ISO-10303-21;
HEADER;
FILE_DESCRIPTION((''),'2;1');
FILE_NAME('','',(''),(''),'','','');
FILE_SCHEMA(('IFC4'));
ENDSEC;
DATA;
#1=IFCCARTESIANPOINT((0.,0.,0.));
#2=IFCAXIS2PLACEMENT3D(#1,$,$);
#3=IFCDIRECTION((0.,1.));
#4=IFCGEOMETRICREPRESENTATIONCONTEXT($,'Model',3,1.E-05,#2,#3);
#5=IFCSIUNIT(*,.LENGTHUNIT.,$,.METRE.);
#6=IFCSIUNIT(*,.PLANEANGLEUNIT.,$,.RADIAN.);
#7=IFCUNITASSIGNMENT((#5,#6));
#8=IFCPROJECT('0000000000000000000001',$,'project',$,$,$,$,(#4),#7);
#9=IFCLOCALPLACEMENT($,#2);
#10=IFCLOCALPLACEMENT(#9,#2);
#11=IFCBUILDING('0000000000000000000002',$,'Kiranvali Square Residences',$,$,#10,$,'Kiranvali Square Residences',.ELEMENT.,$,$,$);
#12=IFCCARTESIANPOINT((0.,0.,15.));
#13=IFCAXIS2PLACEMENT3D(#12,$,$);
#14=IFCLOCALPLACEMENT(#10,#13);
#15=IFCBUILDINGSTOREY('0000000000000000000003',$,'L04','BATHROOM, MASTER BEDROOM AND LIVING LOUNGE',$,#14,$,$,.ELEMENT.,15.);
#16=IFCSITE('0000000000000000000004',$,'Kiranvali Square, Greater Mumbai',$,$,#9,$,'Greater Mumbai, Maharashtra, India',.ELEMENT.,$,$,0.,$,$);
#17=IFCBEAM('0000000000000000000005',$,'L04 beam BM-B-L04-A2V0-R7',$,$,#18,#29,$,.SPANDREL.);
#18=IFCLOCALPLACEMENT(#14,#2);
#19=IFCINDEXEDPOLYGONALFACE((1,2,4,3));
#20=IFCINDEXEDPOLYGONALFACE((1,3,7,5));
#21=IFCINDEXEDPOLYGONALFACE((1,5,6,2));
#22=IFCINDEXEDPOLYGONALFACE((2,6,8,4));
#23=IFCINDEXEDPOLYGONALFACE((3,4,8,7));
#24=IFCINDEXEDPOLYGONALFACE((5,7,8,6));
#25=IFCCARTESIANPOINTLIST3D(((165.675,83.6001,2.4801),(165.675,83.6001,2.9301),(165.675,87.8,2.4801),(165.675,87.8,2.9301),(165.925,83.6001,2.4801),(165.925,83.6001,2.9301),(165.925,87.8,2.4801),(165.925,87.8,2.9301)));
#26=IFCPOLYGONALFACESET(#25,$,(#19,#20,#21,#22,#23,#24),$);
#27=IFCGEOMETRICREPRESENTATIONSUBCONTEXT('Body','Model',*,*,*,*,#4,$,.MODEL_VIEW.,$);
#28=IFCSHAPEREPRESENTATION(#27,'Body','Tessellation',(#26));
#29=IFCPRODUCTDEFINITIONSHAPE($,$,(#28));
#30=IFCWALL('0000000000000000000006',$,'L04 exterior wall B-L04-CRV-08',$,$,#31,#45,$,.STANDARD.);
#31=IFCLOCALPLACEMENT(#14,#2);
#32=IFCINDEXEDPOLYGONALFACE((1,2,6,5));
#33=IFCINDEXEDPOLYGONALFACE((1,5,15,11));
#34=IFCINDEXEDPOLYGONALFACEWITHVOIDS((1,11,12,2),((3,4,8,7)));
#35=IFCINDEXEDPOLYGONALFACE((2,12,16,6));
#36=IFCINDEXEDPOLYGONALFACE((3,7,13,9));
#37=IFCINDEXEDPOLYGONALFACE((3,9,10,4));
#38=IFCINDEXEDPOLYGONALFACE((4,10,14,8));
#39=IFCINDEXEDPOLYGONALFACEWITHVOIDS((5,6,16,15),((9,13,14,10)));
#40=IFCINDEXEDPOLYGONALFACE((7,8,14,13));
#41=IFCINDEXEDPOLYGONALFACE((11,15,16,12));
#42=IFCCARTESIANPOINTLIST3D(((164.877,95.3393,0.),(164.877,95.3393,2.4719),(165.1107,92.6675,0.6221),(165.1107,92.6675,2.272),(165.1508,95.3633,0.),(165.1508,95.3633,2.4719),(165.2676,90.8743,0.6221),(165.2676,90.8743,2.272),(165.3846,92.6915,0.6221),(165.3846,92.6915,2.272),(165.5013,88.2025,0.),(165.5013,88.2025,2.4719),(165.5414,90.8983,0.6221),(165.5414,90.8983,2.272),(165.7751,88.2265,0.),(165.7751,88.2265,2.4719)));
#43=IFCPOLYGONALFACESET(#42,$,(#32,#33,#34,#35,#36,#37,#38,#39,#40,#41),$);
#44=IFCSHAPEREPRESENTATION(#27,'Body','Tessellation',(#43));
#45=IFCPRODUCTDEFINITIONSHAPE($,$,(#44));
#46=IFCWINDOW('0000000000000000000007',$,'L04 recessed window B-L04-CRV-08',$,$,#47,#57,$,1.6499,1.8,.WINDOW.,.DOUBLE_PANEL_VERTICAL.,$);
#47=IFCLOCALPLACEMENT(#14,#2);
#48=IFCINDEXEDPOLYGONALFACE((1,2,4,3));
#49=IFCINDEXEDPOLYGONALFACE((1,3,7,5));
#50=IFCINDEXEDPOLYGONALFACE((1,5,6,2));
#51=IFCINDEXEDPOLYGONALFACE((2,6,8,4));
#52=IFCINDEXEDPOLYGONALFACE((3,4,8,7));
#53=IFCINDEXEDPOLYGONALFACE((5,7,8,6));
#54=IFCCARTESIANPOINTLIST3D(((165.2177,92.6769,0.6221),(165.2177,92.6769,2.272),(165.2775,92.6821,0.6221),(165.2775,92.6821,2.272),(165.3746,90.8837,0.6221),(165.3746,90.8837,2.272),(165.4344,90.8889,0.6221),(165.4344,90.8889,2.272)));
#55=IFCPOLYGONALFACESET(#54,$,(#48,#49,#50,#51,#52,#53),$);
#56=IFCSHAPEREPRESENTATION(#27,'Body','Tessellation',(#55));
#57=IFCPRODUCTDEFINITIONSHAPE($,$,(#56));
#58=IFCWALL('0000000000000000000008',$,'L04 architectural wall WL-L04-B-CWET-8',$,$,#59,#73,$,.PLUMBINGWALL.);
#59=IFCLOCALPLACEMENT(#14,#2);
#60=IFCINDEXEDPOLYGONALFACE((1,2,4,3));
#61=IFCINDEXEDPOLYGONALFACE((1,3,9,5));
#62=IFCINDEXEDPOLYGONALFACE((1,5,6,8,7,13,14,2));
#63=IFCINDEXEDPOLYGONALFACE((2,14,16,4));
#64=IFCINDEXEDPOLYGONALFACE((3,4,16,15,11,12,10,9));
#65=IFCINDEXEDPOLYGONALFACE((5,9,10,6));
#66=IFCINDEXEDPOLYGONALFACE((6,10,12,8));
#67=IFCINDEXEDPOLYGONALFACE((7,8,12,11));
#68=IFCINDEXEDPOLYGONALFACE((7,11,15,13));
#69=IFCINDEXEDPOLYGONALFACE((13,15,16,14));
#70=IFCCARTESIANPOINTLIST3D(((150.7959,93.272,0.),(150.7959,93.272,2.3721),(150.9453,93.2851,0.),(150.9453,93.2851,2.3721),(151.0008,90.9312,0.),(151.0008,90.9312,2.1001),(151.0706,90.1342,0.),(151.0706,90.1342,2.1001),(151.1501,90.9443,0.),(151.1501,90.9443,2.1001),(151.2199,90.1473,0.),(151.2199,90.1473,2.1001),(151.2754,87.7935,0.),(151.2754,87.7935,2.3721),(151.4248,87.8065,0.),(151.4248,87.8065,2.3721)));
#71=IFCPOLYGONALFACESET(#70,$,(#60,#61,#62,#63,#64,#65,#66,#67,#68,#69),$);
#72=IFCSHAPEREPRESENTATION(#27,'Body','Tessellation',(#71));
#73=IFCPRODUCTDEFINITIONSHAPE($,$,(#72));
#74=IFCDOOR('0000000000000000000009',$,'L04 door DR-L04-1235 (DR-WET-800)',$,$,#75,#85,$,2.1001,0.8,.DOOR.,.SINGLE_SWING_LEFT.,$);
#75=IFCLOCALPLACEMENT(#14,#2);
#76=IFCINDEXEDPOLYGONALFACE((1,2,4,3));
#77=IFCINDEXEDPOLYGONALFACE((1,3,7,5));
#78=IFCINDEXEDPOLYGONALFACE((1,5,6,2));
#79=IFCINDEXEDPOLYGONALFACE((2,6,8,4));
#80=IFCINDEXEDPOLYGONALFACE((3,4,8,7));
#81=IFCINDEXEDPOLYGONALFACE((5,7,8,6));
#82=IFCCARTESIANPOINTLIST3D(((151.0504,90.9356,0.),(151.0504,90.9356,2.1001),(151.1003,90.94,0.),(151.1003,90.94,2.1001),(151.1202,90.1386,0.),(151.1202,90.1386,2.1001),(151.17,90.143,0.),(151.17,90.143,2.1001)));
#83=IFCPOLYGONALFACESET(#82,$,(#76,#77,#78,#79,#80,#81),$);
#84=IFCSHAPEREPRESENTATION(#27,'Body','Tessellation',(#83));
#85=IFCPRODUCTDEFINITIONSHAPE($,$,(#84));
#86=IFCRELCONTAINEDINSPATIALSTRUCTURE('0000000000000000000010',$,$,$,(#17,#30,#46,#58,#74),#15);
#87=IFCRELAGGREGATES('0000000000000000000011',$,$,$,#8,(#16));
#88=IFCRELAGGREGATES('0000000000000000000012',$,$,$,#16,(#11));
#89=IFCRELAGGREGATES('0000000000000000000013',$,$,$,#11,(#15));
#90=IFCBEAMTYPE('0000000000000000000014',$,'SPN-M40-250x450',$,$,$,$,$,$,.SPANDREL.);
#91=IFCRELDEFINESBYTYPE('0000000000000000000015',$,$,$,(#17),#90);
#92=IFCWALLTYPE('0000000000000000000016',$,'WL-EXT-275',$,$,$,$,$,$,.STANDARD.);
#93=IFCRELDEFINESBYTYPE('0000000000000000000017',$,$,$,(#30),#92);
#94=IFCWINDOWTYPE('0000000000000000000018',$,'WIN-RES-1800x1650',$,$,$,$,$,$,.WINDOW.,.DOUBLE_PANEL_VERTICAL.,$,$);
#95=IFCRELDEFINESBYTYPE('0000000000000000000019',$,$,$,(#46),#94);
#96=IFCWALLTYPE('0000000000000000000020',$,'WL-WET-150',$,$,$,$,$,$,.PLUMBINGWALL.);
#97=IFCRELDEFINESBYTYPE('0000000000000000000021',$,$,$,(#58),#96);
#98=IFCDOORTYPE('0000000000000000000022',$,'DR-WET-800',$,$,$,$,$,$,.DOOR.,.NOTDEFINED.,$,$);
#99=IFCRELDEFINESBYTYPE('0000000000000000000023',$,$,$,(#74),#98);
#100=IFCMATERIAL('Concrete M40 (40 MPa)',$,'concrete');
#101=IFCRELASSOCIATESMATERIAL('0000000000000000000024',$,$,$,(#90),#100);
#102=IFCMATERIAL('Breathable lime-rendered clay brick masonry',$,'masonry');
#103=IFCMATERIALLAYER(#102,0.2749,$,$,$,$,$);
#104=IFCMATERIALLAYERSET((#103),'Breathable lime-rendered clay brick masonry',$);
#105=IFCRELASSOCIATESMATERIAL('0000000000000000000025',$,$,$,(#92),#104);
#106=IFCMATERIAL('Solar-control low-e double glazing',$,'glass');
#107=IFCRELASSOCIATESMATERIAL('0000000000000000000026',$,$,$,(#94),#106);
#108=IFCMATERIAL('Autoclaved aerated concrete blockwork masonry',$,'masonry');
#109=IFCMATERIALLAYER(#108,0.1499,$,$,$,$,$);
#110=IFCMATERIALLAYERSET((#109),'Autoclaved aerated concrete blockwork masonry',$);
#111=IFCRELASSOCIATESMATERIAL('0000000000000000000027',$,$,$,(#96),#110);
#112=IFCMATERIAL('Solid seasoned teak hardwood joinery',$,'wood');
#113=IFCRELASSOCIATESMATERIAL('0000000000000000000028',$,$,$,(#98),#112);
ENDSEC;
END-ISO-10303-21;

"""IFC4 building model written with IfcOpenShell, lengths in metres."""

from ifc_helpers import new_model, si_unit, direction, frame, frame_2d, origin, origin_2d, place, context, subcontext, project, spatial, rectangle, extrude, material, layer, layer_set, material_profile, profile_set, type_object, element, fill, save


model = new_model("IFC4")

# Units and contexts
model_context = context("Model", 3, precision=1e-05, world=origin(), true_north=direction((0.0, 1.0)))
body_context = subcontext(model_context, "Body", "Model", "MODEL_VIEW")
ifc_project = project(units=[si_unit("LENGTHUNIT", "METRE"), si_unit("PLANEANGLEUNIT", "RADIAN")], contexts=[model_context])

# Site, building, storey
site_placement = place(None, origin())
site = spatial("IfcSite", under=ifc_project, at=site_placement, Name="Kiranvali Square, Greater Mumbai", LongName="Greater Mumbai, Maharashtra, India", CompositionType="ELEMENT", RefElevation=0.0)
building_placement = place(site_placement, origin())
building = spatial("IfcBuilding", under=site, at=building_placement, Name="Kiranvali Square Residences", LongName="Kiranvali Square Residences", CompositionType="ELEMENT")
storey_placement = place(building_placement, frame((0.0, 0.0, 15.0)))
storey = spatial("IfcBuildingStorey", under=building, at=storey_placement, Name="L04", Description="BATHROOM, MASTER BEDROOM AND LIVING LOUNGE", CompositionType="ELEMENT", Elevation=15.0)

# Beam
ifc_material_1 = material(Name="Concrete M40 (40 MPa)", Category="concrete")
ifc_material_profile_1 = material_profile(ifc_material_1, rectangle(XDim=0.25, YDim=0.45, at=origin_2d()), Name="RC 250x450")
ifc_profile_set_1 = profile_set([ifc_material_profile_1], Name="Concrete M40 (40 MPa)")
beam_type_1 = type_object("IfcBeamType", Name="SPN-M40-250x450", PredefinedType="SPANDREL", material=ifc_profile_set_1)
beam_1_placement = place(storey_placement, frame((165.8, 87.8, 2.7051), z_axis=(0.0, -1.0, 0.0), x_axis=(1.0, 0.0, 0.0)))
element("IfcBeam", 1, at=beam_1_placement, inside=storey, type_object=beam_type_1, Name="L04 beam BM-B-L04-A2V0-R7", PredefinedType="SPANDREL", context=body_context, shape_type="SweptSolid", body=[
    extrude(rectangle(XDim=0.25, YDim=0.45, at=origin_2d()), origin(), (0.0, 0.0, 1.0), 4.2),
])

# Wall, opening, window
ifc_material_2 = material(Name="Breathable lime-rendered clay brick masonry", Category="masonry")
ifc_layer_1 = layer(ifc_material_2, 0.2749)
ifc_layer_set_1 = layer_set([ifc_layer_1], Name="Breathable lime-rendered clay brick masonry")
wall_type_1 = type_object("IfcWallType", Name="WL-EXT-275", PredefinedType="STANDARD", material=ifc_layer_set_1)
wall_1_placement = place(storey_placement, frame((165.0139, 95.3513, 0.0), z_axis=(0.0, 0.0, 1.0), x_axis=(0.08714, -0.996196, 0.0)))
wall_1 = element("IfcWall", 2, at=wall_1_placement, inside=storey, type_object=wall_type_1, Name="L04 exterior wall B-L04-CRV-08", PredefinedType="STANDARD", context=body_context, shape_type="SweptSolid", body=[
    extrude(rectangle(XDim=7.1641, YDim=0.2749, at=frame_2d((3.582, 0.0))), origin(), (0.0, 0.0, 1.0), 2.4719),
])
opening_1_placement = place(wall_1_placement, frame((2.6821, 0.0, 0.6221)))
opening_1 = element("IfcOpeningElement", 3, at=opening_1_placement, cuts=wall_1, PredefinedType="OPENING", context=body_context, shape_type="SweptSolid", body=[
    extrude(rectangle(XDim=1.8, YDim=1.6499, at=frame_2d((0.8999, 0.825))), frame((0.0, 0.1475, 0.0), z_axis=(0.0, -1.0, 0.0), x_axis=(1.0, 0.0, 0.0)), (0.0, 0.0, 1.0), 0.2949),
])
ifc_material_3 = material(Name="Solar-control low-e double glazing", Category="glass")
window_type = type_object("IfcWindowType", Name="WIN-RES-1800x1650", PartitioningType="DOUBLE_PANEL_VERTICAL", PredefinedType="WINDOW", material=ifc_material_3)
window_placement = place(opening_1_placement, origin())
window = element("IfcWindow", 4, at=window_placement, inside=storey, type_object=window_type, Name="L04 recessed window B-L04-CRV-08", OverallHeight=1.6499, OverallWidth=1.8, PartitioningType="DOUBLE_PANEL_VERTICAL", PredefinedType="WINDOW", context=body_context, shape_type="SweptSolid", body=[
    extrude(rectangle(XDim=1.8, YDim=1.6499, at=frame_2d((0.8999, 0.825))), frame((0.0, 0.03, 0.0), z_axis=(0.0, -1.0, 0.0), x_axis=(1.0, 0.0, 0.0)), (0.0, 0.0, 1.0), 0.0601),
])
fill(opening_1, window)

# Wall, opening, door
ifc_material_4 = material(Name="Autoclaved aerated concrete blockwork masonry", Category="masonry")
ifc_layer_2 = layer(ifc_material_4, 0.1499)
ifc_layer_set_2 = layer_set([ifc_layer_2], Name="Autoclaved aerated concrete blockwork masonry")
wall_type_2 = type_object("IfcWallType", Name="WL-WET-150", PredefinedType="PLUMBINGWALL", material=ifc_layer_set_2)
wall_2_placement = place(storey_placement, frame((150.8706, 93.2786, 0.0), z_axis=(0.0, 0.0, 1.0), x_axis=(0.087189, -0.996192, 0.0)))
wall_2 = element("IfcWall", 5, at=wall_2_placement, inside=storey, type_object=wall_type_2, Name="L04 architectural wall WL-L04-B-CWET-8", PredefinedType="PLUMBINGWALL", context=body_context, shape_type="SweptSolid", body=[
    extrude(rectangle(XDim=5.4995, YDim=0.1499, at=frame_2d((2.7498, 0.0))), origin(), (0.0, 0.0, 1.0), 2.3721),
])
opening_2_placement = place(wall_2_placement, frame((2.3499, 0.0, 0.0)))
opening_2 = element("IfcOpeningElement", 6, at=opening_2_placement, cuts=wall_2, PredefinedType="OPENING", context=body_context, shape_type="SweptSolid", body=[
    extrude(rectangle(XDim=0.8, YDim=2.1001, at=frame_2d((0.3999, 1.05))), frame((0.0, 0.085, 0.0), z_axis=(0.0, -1.0, 0.0), x_axis=(1.0, 0.0, 0.0)), (0.0, 0.0, 1.0), 0.1699),
])
ifc_material_5 = material(Name="Solid seasoned teak hardwood joinery", Category="wood")
door_type = type_object("IfcDoorType", Name="DR-WET-800", OperationType="NOTDEFINED", PredefinedType="DOOR", material=ifc_material_5)
door_placement = place(opening_2_placement, origin())
door = element("IfcDoor", 7, at=door_placement, inside=storey, type_object=door_type, Name="L04 door DR-L04-1235 (DR-WET-800)", OperationType="SINGLE_SWING_LEFT", OverallHeight=2.1001, OverallWidth=0.8, PredefinedType="DOOR", context=body_context, shape_type="SweptSolid", body=[
    extrude(rectangle(XDim=0.8, YDim=2.1001, at=frame_2d((0.3999, 1.05))), frame((0.0, 0.0249, 0.0), z_axis=(0.0, -1.0, 0.0), x_axis=(1.0, 0.0, 0.0)), (0.0, 0.0, 1.0), 0.05),
])
fill(opening_2, door)

save(model, "model.ifc")
